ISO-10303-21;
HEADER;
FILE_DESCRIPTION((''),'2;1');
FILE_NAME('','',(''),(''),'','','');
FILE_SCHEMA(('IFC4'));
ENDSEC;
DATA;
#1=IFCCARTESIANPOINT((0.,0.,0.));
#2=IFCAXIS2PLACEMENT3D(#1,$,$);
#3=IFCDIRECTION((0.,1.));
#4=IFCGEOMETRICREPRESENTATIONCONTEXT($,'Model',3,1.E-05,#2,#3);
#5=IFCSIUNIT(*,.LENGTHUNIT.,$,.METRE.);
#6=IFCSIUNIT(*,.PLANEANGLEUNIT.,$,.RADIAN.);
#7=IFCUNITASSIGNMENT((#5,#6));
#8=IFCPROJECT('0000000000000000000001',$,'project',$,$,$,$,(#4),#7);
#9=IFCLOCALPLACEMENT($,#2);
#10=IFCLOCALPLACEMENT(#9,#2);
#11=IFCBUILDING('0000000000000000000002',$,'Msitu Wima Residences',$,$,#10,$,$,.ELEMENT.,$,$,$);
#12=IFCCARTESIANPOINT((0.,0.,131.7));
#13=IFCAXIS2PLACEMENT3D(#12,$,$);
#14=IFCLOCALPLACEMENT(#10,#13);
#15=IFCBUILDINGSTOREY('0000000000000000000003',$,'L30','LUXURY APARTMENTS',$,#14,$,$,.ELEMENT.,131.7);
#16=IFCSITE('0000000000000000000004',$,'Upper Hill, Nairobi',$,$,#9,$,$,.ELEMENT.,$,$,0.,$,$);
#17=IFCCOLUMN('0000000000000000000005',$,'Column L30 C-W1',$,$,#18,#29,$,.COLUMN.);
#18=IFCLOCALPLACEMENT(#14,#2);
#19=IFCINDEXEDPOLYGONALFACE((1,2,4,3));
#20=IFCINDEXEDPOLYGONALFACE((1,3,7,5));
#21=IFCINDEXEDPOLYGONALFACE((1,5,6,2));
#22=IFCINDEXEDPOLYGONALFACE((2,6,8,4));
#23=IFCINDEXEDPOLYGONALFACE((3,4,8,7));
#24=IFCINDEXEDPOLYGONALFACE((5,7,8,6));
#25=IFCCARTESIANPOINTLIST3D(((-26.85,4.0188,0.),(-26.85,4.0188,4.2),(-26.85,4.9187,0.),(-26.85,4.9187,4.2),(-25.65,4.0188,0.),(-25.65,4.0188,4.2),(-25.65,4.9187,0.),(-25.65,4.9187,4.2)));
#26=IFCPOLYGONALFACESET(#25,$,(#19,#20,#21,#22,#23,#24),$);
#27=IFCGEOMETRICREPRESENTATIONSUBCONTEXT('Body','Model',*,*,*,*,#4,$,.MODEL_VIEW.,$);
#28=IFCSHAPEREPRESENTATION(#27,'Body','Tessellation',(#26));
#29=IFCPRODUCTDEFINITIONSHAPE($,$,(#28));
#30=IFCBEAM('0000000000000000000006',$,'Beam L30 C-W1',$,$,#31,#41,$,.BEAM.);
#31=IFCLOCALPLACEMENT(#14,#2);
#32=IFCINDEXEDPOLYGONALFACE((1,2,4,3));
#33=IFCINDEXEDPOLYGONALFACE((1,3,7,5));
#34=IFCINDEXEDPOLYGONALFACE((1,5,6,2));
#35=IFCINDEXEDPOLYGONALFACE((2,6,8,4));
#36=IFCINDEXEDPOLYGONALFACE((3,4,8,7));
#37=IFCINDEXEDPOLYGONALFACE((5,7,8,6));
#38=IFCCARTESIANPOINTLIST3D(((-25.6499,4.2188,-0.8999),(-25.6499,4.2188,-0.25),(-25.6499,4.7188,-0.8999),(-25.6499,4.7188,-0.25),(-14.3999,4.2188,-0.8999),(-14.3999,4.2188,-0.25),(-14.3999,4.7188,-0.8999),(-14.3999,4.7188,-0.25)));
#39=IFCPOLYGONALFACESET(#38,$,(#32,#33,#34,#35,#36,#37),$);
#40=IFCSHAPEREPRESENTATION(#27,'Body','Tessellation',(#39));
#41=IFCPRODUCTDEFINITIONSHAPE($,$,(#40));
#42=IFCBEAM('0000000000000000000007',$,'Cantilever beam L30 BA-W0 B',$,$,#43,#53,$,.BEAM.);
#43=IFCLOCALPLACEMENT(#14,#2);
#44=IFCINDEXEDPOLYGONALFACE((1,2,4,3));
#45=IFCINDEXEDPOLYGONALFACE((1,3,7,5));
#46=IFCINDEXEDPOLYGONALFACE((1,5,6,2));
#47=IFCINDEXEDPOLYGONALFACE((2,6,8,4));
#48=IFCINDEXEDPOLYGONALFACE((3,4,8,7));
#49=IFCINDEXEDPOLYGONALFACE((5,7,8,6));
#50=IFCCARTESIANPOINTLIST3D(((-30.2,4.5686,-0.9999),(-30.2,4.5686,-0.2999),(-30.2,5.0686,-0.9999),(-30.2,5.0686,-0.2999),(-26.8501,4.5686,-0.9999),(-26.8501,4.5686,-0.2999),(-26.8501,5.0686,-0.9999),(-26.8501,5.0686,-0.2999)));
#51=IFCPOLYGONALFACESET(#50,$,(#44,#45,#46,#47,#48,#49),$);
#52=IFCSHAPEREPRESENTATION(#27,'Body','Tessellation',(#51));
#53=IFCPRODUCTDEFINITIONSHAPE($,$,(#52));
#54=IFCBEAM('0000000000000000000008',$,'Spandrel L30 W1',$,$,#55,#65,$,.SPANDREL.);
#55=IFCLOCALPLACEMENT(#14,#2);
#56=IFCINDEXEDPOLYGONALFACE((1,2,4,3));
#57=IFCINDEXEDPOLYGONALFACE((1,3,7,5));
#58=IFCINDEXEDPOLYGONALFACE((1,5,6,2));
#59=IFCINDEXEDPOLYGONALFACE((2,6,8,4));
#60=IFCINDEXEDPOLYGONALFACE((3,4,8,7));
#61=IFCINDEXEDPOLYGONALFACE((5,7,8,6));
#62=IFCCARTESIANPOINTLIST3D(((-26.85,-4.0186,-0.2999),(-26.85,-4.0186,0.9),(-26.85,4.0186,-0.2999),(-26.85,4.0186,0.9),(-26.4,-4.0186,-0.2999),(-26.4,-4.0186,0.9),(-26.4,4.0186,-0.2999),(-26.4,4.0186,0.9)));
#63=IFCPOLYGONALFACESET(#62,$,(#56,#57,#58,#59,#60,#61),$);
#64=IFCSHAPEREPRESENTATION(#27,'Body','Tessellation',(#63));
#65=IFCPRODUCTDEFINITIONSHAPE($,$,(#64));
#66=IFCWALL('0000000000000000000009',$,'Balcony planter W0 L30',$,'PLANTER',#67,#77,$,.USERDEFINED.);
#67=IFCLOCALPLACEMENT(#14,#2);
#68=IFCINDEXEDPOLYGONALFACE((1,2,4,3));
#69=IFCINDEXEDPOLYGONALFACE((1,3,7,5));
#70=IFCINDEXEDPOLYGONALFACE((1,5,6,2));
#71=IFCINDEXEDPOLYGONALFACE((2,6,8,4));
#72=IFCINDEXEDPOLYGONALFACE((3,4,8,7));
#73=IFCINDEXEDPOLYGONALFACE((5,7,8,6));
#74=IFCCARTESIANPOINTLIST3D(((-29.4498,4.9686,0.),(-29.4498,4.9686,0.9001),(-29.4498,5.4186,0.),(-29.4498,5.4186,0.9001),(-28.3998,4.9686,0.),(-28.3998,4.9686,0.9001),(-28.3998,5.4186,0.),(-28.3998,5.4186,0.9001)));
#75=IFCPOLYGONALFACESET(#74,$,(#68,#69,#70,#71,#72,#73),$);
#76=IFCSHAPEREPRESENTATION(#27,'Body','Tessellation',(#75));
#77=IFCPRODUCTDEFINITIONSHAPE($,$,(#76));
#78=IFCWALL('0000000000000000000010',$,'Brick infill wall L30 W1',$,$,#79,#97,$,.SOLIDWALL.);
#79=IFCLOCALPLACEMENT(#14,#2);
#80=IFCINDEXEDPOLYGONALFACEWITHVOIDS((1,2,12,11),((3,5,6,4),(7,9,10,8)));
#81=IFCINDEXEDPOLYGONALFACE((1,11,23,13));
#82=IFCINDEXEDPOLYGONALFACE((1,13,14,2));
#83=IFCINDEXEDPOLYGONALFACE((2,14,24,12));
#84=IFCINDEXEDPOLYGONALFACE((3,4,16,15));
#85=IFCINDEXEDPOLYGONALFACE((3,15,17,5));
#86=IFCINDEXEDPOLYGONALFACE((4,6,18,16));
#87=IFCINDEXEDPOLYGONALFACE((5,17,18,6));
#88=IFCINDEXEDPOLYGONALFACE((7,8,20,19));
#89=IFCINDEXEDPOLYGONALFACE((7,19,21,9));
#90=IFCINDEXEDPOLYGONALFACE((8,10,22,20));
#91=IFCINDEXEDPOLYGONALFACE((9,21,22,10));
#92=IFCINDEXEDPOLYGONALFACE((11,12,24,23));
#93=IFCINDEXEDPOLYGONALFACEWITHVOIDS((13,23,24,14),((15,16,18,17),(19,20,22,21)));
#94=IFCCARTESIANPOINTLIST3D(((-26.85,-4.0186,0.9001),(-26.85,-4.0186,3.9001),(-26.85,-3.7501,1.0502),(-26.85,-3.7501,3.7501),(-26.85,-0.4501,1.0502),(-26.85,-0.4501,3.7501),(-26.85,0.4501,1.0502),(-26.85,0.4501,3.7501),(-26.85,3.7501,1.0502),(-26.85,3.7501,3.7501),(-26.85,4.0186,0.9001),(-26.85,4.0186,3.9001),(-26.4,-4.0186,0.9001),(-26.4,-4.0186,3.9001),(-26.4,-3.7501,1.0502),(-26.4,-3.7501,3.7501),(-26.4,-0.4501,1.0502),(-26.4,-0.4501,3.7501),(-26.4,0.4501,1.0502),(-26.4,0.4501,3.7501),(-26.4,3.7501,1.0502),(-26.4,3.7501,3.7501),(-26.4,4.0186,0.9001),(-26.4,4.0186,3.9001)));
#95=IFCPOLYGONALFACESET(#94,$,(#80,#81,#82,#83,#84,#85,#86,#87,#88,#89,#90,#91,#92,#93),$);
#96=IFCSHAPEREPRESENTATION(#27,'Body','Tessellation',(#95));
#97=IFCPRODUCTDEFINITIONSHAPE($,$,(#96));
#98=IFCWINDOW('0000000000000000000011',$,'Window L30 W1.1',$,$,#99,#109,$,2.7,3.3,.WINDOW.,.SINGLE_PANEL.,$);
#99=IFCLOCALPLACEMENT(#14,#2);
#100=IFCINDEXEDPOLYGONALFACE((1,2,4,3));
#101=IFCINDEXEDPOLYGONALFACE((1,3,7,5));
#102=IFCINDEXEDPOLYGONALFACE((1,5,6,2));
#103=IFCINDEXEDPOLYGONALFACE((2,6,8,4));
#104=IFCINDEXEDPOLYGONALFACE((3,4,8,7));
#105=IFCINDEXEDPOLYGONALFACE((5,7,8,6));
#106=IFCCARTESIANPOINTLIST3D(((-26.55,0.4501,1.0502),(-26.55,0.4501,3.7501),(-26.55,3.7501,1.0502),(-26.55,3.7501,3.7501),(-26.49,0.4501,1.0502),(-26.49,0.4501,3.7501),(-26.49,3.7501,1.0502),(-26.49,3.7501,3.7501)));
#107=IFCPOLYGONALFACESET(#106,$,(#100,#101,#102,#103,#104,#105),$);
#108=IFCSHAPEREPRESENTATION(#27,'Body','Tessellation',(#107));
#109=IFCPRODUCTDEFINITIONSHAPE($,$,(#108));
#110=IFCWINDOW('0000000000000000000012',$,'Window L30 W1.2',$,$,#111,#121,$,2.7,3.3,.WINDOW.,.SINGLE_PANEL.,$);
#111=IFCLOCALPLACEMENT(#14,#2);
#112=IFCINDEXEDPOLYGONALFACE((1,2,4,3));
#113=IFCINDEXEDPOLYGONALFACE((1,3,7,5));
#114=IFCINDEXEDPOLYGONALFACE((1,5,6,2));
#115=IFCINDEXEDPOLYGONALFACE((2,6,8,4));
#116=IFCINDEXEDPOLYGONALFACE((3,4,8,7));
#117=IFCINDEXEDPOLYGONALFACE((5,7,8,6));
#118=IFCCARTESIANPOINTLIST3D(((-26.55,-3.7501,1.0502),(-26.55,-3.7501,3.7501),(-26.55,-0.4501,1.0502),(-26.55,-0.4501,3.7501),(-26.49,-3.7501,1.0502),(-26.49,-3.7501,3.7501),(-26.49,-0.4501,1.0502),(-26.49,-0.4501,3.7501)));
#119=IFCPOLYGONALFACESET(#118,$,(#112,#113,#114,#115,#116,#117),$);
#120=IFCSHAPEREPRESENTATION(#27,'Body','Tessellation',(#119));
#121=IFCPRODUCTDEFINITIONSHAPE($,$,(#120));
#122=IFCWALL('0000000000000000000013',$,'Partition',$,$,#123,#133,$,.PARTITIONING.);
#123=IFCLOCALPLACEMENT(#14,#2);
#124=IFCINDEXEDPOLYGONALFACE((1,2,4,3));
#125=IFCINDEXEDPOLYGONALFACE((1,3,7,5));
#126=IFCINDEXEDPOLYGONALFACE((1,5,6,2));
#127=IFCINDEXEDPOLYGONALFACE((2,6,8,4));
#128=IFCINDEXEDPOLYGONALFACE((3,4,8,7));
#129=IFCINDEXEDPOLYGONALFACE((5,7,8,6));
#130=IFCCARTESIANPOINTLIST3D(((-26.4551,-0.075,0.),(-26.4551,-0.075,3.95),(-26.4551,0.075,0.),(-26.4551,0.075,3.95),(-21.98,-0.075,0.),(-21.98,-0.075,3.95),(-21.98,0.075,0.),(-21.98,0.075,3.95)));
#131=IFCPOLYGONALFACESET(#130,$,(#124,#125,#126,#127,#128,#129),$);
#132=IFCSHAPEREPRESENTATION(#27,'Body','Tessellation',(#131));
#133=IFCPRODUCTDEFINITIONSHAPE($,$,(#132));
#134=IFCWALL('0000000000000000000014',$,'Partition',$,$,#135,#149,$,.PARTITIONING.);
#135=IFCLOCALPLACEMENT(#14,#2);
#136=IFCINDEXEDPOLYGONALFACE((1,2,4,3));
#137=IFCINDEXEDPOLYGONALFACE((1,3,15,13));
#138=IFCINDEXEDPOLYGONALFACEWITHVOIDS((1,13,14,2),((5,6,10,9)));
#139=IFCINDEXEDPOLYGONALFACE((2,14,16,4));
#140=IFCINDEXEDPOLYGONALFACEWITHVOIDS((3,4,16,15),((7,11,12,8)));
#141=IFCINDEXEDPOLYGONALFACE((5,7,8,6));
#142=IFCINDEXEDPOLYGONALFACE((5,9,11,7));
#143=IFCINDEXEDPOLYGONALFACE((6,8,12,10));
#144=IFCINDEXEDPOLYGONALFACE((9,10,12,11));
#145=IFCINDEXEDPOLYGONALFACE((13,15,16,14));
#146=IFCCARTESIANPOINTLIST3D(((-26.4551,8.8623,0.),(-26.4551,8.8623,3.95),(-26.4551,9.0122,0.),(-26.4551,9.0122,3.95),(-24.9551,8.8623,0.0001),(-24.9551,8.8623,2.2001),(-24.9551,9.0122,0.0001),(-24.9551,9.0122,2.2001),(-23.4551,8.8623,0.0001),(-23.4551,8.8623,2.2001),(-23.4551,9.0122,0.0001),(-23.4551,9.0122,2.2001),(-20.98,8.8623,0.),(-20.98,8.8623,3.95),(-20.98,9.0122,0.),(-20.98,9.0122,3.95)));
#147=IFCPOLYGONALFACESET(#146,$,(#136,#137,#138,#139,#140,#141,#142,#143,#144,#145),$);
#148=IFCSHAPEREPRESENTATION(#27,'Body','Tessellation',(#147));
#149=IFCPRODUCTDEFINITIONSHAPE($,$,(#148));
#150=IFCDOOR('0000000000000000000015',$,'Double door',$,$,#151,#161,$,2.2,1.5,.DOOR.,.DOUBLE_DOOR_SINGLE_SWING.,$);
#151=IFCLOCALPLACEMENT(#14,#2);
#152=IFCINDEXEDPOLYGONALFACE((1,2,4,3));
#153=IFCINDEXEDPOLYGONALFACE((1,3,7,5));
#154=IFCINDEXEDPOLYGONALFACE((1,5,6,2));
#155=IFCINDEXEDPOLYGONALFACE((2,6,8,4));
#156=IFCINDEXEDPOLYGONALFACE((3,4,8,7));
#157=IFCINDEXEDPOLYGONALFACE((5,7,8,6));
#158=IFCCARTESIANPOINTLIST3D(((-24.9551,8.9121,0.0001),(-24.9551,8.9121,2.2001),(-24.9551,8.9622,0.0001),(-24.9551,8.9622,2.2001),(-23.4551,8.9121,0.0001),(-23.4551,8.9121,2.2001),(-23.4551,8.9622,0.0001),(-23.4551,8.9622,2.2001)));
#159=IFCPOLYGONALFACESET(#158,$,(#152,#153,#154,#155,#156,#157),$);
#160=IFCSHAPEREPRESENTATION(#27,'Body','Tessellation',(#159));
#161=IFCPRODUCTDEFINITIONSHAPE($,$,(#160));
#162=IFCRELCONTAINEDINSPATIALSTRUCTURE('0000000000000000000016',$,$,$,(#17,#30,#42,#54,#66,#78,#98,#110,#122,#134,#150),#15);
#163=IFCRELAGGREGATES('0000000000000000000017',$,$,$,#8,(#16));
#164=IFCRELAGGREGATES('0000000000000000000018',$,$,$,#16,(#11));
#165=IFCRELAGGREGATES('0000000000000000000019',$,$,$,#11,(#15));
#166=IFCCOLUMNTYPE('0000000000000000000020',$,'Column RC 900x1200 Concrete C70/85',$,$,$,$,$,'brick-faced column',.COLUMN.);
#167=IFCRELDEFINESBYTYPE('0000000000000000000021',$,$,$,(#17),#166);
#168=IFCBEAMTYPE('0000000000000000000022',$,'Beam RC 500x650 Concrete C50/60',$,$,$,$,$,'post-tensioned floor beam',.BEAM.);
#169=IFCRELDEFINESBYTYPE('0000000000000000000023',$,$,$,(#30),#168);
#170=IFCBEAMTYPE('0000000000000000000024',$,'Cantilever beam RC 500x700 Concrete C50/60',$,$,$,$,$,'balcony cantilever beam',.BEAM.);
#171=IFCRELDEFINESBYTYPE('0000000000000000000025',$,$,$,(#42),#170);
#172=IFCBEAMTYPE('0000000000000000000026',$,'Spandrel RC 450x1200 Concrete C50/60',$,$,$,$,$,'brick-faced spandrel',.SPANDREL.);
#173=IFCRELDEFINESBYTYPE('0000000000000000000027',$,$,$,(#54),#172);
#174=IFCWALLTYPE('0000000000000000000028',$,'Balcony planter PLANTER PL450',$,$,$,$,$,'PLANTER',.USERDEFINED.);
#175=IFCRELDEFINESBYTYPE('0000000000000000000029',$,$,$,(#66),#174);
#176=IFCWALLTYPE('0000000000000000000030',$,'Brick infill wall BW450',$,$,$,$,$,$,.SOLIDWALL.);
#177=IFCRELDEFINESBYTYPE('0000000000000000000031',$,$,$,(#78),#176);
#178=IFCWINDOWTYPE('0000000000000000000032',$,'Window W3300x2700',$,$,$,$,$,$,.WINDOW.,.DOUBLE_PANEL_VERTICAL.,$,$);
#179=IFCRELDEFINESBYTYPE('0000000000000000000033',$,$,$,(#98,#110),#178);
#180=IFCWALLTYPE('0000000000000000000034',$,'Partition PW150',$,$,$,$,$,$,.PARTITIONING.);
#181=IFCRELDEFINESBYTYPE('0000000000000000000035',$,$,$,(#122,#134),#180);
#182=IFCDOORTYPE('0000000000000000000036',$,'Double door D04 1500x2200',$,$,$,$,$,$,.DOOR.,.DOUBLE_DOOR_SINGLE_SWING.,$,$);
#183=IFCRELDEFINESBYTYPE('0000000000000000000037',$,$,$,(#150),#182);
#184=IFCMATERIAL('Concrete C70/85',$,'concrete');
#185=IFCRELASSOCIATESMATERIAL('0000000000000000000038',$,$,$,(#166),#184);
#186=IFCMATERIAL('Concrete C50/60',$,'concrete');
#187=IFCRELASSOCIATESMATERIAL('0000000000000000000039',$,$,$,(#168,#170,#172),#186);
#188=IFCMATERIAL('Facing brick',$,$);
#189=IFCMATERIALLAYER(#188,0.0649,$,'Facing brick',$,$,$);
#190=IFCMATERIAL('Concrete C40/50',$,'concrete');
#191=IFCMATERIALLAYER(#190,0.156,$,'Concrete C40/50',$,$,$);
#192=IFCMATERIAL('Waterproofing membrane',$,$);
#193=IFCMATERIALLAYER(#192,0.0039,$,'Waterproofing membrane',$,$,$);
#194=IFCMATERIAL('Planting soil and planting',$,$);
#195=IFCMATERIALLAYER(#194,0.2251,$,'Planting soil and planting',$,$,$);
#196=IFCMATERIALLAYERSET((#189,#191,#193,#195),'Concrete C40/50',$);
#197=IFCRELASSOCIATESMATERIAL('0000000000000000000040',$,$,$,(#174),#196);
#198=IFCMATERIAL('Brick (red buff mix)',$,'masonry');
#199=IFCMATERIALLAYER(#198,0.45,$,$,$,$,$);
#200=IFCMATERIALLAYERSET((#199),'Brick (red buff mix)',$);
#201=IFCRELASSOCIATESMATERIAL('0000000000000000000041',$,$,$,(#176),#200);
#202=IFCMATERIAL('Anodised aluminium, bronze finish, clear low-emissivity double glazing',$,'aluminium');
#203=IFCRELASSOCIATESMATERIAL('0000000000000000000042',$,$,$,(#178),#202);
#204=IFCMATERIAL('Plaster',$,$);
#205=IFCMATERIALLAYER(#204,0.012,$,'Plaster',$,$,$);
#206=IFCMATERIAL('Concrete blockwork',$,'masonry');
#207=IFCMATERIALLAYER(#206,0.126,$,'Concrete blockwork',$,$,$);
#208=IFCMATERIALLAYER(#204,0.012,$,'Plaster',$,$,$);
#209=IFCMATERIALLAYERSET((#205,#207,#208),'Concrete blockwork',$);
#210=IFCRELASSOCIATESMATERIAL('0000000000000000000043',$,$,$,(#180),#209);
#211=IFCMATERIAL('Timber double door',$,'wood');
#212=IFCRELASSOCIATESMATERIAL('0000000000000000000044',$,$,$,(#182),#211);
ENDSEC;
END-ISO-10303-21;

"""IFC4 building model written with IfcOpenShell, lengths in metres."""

from ifc_helpers import new_model, si_unit, direction, frame, frame_2d, origin, origin_2d, place, context, subcontext, project, spatial, rectangle, extrude, material, layer, layer_set, material_profile, profile_set, type_object, element, fill, save


model = new_model("IFC4")

# Units and contexts
model_context = context("Model", 3, precision=1e-05, world=origin(), true_north=direction((0.0, 1.0)))
body_context = subcontext(model_context, "Body", "Model", "MODEL_VIEW")
ifc_project = project(units=[si_unit("LENGTHUNIT", "METRE"), si_unit("PLANEANGLEUNIT", "RADIAN")], contexts=[model_context])

# Site, building, storey
site_placement = place(None, origin())
site = spatial("IfcSite", under=ifc_project, at=site_placement, Name="Upper Hill, Nairobi", CompositionType="ELEMENT", RefElevation=0.0)
building_placement = place(site_placement, origin())
building = spatial("IfcBuilding", under=site, at=building_placement, Name="Msitu Wima Residences", CompositionType="ELEMENT")
storey_placement = place(building_placement, frame((0.0, 0.0, 131.7)))
storey = spatial("IfcBuildingStorey", under=building, at=storey_placement, Name="L30", Description="LUXURY APARTMENTS", CompositionType="ELEMENT", Elevation=131.7)

# Column
ifc_material_1 = material(Name="Concrete C70/85", Category="concrete")
ifc_material_profile_1 = material_profile(ifc_material_1, rectangle(XDim=0.8999, YDim=1.2, at=origin_2d()), Name="RC 900x1200")
ifc_profile_set_1 = profile_set([ifc_material_profile_1], Name="Concrete C70/85")
column_type = type_object("IfcColumnType", Name="Column RC 900x1200 Concrete C70/85", ElementType="brick-faced column", PredefinedType="COLUMN", material=ifc_profile_set_1)
column_placement = place(storey_placement, frame((-26.25, 4.4688, 0.0), z_axis=(0.0, 0.0, 1.0), x_axis=(0.0, -1.0, 0.0)))
element("IfcColumn", 1, at=column_placement, inside=storey, type_object=column_type, Name="Column L30 C-W1", PredefinedType="COLUMN", context=body_context, shape_type="SweptSolid", body=[
    extrude(rectangle(XDim=0.8999, YDim=1.2, at=origin_2d()), origin(), (0.0, 0.0, 1.0), 4.2),
])

# Beams
ifc_material_2 = material(Name="Concrete C50/60", Category="concrete")
ifc_material_profile_2 = material_profile(ifc_material_2, rectangle(XDim=0.5, YDim=0.6499, at=origin_2d()), Name="RC 500x650")
ifc_profile_set_2 = profile_set([ifc_material_profile_2], Name="Concrete C50/60")
beam_type_1 = type_object("IfcBeamType", Name="Beam RC 500x650 Concrete C50/60", ElementType="post-tensioned floor beam", PredefinedType="BEAM", material=ifc_profile_set_2)
beam_1_placement = place(storey_placement, frame((-25.6499, 4.4688, -0.575), z_axis=(1.0, 0.0, 0.0), x_axis=(0.0, 1.0, 0.0)))
element("IfcBeam", 2, at=beam_1_placement, inside=storey, type_object=beam_type_1, Name="Beam L30 C-W1", PredefinedType="BEAM", context=body_context, shape_type="SweptSolid", body=[
    extrude(rectangle(XDim=0.5, YDim=0.6499, at=origin_2d()), origin(), (0.0, 0.0, 1.0), 11.25),
])
ifc_material_profile_3 = material_profile(ifc_material_2, rectangle(XDim=0.5, YDim=0.7, at=origin_2d()), Name="RC 500x700")
ifc_profile_set_3 = profile_set([ifc_material_profile_3], Name="Concrete C50/60")
beam_type_2 = type_object("IfcBeamType", Name="Cantilever beam RC 500x700 Concrete C50/60", ElementType="balcony cantilever beam", PredefinedType="BEAM", material=ifc_profile_set_3)
beam_2_placement = place(storey_placement, frame((-26.8501, 4.8186, -0.6499), z_axis=(-1.0, 0.0, 0.0), x_axis=(0.0, -1.0, 0.0)))
element("IfcBeam", 3, at=beam_2_placement, inside=storey, type_object=beam_type_2, Name="Cantilever beam L30 BA-W0 B", PredefinedType="BEAM", context=body_context, shape_type="SweptSolid", body=[
    extrude(rectangle(XDim=0.5, YDim=0.7, at=origin_2d()), origin(), (0.0, 0.0, 1.0), 3.3499),
])
ifc_material_profile_4 = material_profile(ifc_material_2, rectangle(XDim=0.45, YDim=1.2, at=origin_2d()), Name="RC 450x1200")
ifc_profile_set_4 = profile_set([ifc_material_profile_4], Name="Concrete C50/60")
beam_type_3 = type_object("IfcBeamType", Name="Spandrel RC 450x1200 Concrete C50/60", ElementType="brick-faced spandrel", PredefinedType="SPANDREL", material=ifc_profile_set_4)
beam_3_placement = place(storey_placement, frame((-26.625, 4.0186, 0.3), z_axis=(0.0, -1.0, 0.0), x_axis=(1.0, 0.0, 0.0)))
element("IfcBeam", 4, at=beam_3_placement, inside=storey, type_object=beam_type_3, Name="Spandrel L30 W1", PredefinedType="SPANDREL", context=body_context, shape_type="SweptSolid", body=[
    extrude(rectangle(XDim=0.45, YDim=1.2, at=origin_2d()), origin(), (0.0, 0.0, 1.0), 8.0371),
])

# Wall
ifc_material_3 = material(Name="Facing brick")
ifc_layer_1 = layer(ifc_material_3, 0.0649, Name="Facing brick")
ifc_material_4 = material(Name="Concrete C40/50", Category="concrete")
ifc_layer_2 = layer(ifc_material_4, 0.156, Name="Concrete C40/50")
ifc_material_5 = material(Name="Waterproofing membrane")
ifc_layer_3 = layer(ifc_material_5, 0.0039, Name="Waterproofing membrane")
ifc_material_6 = material(Name="Planting soil and planting")
ifc_layer_4 = layer(ifc_material_6, 0.2251, Name="Planting soil and planting")
ifc_layer_set_1 = layer_set([ifc_layer_1, ifc_layer_2, ifc_layer_3, ifc_layer_4], Name="Concrete C40/50")
wall_type_1 = type_object("IfcWallType", Name="Balcony planter PLANTER PL450", ElementType="PLANTER", PredefinedType="USERDEFINED", material=ifc_layer_set_1)
wall_1_placement = place(storey_placement, frame((-28.3999, 5.1936, 0.0), z_axis=(0.0, 0.0, 1.0), x_axis=(-1.0, 0.0, 0.0)))
element("IfcWall", 5, at=wall_1_placement, inside=storey, type_object=wall_type_1, Name="Balcony planter W0 L30", ObjectType="PLANTER", PredefinedType="USERDEFINED", context=body_context, shape_type="SweptSolid", body=[
    extrude(rectangle(XDim=1.05, YDim=0.45, at=frame_2d((0.5249, 0.0))), origin(), (0.0, 0.0, 1.0), 0.9001),
])

# Wall, openings, windows
ifc_material_7 = material(Name="Brick (red buff mix)", Category="masonry")
ifc_layer_5 = layer(ifc_material_7, 0.45)
ifc_layer_set_2 = layer_set([ifc_layer_5], Name="Brick (red buff mix)")
wall_type_2 = type_object("IfcWallType", Name="Brick infill wall BW450", PredefinedType="SOLIDWALL", material=ifc_layer_set_2)
wall_2_placement = place(storey_placement, frame((-26.625, 4.0186, 0.9001), z_axis=(0.0, 0.0, 1.0), x_axis=(0.0, -1.0, 0.0)))
wall_2 = element("IfcWall", 6, at=wall_2_placement, inside=storey, type_object=wall_type_2, Name="Brick infill wall L30 W1", PredefinedType="SOLIDWALL", context=body_context, shape_type="SweptSolid", body=[
    extrude(rectangle(XDim=8.0371, YDim=0.45, at=frame_2d((4.0186, 0.0))), origin(), (0.0, 0.0, 1.0), 3.0),
])
opening_1_placement = place(wall_2_placement, frame((0.2686, 0.0, 0.1499)))
opening_1 = element("IfcOpeningElement", 7, at=opening_1_placement, cuts=wall_2, PredefinedType="OPENING", context=body_context, shape_type="SweptSolid", body=[
    extrude(rectangle(XDim=3.3, YDim=2.7, at=frame_2d((1.6499, 1.3501))), frame((0.0, 0.2349, 0.0), z_axis=(0.0, -1.0, 0.0), x_axis=(1.0, 0.0, 0.0)), (0.0, 0.0, 1.0), 0.47),
])
opening_2_placement = place(wall_2_placement, frame((4.4688, 0.0, 0.1499)))
opening_2 = element("IfcOpeningElement", 8, at=opening_2_placement, cuts=wall_2, PredefinedType="OPENING", context=body_context, shape_type="SweptSolid", body=[
    extrude(rectangle(XDim=3.3, YDim=2.7, at=frame_2d((1.6499, 1.3501))), frame((0.0, 0.2349, 0.0), z_axis=(0.0, -1.0, 0.0), x_axis=(1.0, 0.0, 0.0)), (0.0, 0.0, 1.0), 0.47),
])
ifc_material_8 = material(Name="Anodised aluminium, bronze finish, clear low-emissivity double glazing", Category="aluminium")
window_type = type_object("IfcWindowType", Name="Window W3300x2700", PartitioningType="DOUBLE_PANEL_VERTICAL", PredefinedType="WINDOW", material=ifc_material_8)
window_1_placement = place(opening_1_placement, origin())
window_1 = element("IfcWindow", 9, at=window_1_placement, inside=storey, type_object=window_type, Name="Window L30 W1.1", OverallHeight=2.7, OverallWidth=3.3, PartitioningType="SINGLE_PANEL", PredefinedType="WINDOW", context=body_context, shape_type="SweptSolid", body=[
    extrude(rectangle(XDim=3.3, YDim=2.7, at=frame_2d((1.6499, 1.3501))), frame((0.0, 0.135, 0.0), z_axis=(0.0, -1.0, 0.0), x_axis=(1.0, 0.0, 0.0)), (0.0, 0.0, 1.0), 0.0601),
])
fill(opening_1, window_1)
window_2_placement = place(opening_2_placement, origin())
window_2 = element("IfcWindow", 10, at=window_2_placement, inside=storey, type_object=window_type, Name="Window L30 W1.2", OverallHeight=2.7, OverallWidth=3.3, PartitioningType="SINGLE_PANEL", PredefinedType="WINDOW", context=body_context, shape_type="SweptSolid", body=[
    extrude(rectangle(XDim=3.3, YDim=2.7, at=frame_2d((1.6499, 1.3501))), frame((0.0, 0.135, 0.0), z_axis=(0.0, -1.0, 0.0), x_axis=(1.0, 0.0, 0.0)), (0.0, 0.0, 1.0), 0.0601),
])
fill(opening_2, window_2)

# Wall
ifc_material_9 = material(Name="Plaster")
ifc_layer_6 = layer(ifc_material_9, 0.012, Name="Plaster")
ifc_material_10 = material(Name="Concrete blockwork", Category="masonry")
ifc_layer_7 = layer(ifc_material_10, 0.126, Name="Concrete blockwork")
ifc_layer_8 = layer(ifc_material_9, 0.012, Name="Plaster")
ifc_layer_set_3 = layer_set([ifc_layer_6, ifc_layer_7, ifc_layer_8], Name="Concrete blockwork")
wall_type_3 = type_object("IfcWallType", Name="Partition PW150", PredefinedType="PARTITIONING", material=ifc_layer_set_3)
wall_3_placement = place(storey_placement, frame((-26.4551, 0.0, 0.0), z_axis=(0.0, 0.0, 1.0), x_axis=(1.0, 0.0, 0.0)))
element("IfcWall", 11, at=wall_3_placement, inside=storey, type_object=wall_type_3, Name="Partition", PredefinedType="PARTITIONING", context=body_context, shape_type="SweptSolid", body=[
    extrude(rectangle(XDim=4.4751, YDim=0.1499, at=frame_2d((2.2375, 0.0))), origin(), (0.0, 0.0, 1.0), 3.95),
])

# Wall, opening, door
wall_4_placement = place(storey_placement, frame((-26.4551, 8.9373, 0.0), z_axis=(0.0, 0.0, 1.0), x_axis=(1.0, 0.0, 0.0)))
wall_4 = element("IfcWall", 12, at=wall_4_placement, inside=storey, type_object=wall_type_3, Name="Partition", PredefinedType="PARTITIONING", context=body_context, shape_type="SweptSolid", body=[
    extrude(rectangle(XDim=5.4751, YDim=0.1499, at=frame_2d((2.7375, 0.0))), origin(), (0.0, 0.0, 1.0), 3.95),
])
opening_3_placement = place(wall_4_placement, frame((1.5, 0.0, 0.0)))
opening_3 = element("IfcOpeningElement", 13, at=opening_3_placement, cuts=wall_4, PredefinedType="OPENING", context=body_context, shape_type="SweptSolid", body=[
    extrude(rectangle(XDim=1.5, YDim=2.2, at=frame_2d((0.75, 1.1001))), frame((0.0, 0.085, 0.0), z_axis=(0.0, -1.0, 0.0), x_axis=(1.0, 0.0, 0.0)), (0.0, 0.0, 1.0), 0.1699),
])
ifc_material_11 = material(Name="Timber double door", Category="wood")
door_type_1 = type_object("IfcDoorType", Name="Double door D04 1500x2200", OperationType="DOUBLE_DOOR_SINGLE_SWING", PredefinedType="DOOR", material=ifc_material_11)
door_1_placement = place(opening_3_placement, origin())
door_1 = element("IfcDoor", 14, at=door_1_placement, inside=storey, type_object=door_type_1, Name="Double door", OperationType="DOUBLE_DOOR_SINGLE_SWING", OverallHeight=2.2, OverallWidth=1.5, PredefinedType="DOOR", context=body_context, shape_type="SweptSolid", body=[
    extrude(rectangle(XDim=1.5, YDim=2.2, at=frame_2d((0.75, 1.1001))), frame((0.0, 0.0249, 0.0), z_axis=(0.0, -1.0, 0.0), x_axis=(1.0, 0.0, 0.0)), (0.0, 0.0, 1.0), 0.05),
])
fill(opening_3, door_1)

save(model, "model.ifc")
